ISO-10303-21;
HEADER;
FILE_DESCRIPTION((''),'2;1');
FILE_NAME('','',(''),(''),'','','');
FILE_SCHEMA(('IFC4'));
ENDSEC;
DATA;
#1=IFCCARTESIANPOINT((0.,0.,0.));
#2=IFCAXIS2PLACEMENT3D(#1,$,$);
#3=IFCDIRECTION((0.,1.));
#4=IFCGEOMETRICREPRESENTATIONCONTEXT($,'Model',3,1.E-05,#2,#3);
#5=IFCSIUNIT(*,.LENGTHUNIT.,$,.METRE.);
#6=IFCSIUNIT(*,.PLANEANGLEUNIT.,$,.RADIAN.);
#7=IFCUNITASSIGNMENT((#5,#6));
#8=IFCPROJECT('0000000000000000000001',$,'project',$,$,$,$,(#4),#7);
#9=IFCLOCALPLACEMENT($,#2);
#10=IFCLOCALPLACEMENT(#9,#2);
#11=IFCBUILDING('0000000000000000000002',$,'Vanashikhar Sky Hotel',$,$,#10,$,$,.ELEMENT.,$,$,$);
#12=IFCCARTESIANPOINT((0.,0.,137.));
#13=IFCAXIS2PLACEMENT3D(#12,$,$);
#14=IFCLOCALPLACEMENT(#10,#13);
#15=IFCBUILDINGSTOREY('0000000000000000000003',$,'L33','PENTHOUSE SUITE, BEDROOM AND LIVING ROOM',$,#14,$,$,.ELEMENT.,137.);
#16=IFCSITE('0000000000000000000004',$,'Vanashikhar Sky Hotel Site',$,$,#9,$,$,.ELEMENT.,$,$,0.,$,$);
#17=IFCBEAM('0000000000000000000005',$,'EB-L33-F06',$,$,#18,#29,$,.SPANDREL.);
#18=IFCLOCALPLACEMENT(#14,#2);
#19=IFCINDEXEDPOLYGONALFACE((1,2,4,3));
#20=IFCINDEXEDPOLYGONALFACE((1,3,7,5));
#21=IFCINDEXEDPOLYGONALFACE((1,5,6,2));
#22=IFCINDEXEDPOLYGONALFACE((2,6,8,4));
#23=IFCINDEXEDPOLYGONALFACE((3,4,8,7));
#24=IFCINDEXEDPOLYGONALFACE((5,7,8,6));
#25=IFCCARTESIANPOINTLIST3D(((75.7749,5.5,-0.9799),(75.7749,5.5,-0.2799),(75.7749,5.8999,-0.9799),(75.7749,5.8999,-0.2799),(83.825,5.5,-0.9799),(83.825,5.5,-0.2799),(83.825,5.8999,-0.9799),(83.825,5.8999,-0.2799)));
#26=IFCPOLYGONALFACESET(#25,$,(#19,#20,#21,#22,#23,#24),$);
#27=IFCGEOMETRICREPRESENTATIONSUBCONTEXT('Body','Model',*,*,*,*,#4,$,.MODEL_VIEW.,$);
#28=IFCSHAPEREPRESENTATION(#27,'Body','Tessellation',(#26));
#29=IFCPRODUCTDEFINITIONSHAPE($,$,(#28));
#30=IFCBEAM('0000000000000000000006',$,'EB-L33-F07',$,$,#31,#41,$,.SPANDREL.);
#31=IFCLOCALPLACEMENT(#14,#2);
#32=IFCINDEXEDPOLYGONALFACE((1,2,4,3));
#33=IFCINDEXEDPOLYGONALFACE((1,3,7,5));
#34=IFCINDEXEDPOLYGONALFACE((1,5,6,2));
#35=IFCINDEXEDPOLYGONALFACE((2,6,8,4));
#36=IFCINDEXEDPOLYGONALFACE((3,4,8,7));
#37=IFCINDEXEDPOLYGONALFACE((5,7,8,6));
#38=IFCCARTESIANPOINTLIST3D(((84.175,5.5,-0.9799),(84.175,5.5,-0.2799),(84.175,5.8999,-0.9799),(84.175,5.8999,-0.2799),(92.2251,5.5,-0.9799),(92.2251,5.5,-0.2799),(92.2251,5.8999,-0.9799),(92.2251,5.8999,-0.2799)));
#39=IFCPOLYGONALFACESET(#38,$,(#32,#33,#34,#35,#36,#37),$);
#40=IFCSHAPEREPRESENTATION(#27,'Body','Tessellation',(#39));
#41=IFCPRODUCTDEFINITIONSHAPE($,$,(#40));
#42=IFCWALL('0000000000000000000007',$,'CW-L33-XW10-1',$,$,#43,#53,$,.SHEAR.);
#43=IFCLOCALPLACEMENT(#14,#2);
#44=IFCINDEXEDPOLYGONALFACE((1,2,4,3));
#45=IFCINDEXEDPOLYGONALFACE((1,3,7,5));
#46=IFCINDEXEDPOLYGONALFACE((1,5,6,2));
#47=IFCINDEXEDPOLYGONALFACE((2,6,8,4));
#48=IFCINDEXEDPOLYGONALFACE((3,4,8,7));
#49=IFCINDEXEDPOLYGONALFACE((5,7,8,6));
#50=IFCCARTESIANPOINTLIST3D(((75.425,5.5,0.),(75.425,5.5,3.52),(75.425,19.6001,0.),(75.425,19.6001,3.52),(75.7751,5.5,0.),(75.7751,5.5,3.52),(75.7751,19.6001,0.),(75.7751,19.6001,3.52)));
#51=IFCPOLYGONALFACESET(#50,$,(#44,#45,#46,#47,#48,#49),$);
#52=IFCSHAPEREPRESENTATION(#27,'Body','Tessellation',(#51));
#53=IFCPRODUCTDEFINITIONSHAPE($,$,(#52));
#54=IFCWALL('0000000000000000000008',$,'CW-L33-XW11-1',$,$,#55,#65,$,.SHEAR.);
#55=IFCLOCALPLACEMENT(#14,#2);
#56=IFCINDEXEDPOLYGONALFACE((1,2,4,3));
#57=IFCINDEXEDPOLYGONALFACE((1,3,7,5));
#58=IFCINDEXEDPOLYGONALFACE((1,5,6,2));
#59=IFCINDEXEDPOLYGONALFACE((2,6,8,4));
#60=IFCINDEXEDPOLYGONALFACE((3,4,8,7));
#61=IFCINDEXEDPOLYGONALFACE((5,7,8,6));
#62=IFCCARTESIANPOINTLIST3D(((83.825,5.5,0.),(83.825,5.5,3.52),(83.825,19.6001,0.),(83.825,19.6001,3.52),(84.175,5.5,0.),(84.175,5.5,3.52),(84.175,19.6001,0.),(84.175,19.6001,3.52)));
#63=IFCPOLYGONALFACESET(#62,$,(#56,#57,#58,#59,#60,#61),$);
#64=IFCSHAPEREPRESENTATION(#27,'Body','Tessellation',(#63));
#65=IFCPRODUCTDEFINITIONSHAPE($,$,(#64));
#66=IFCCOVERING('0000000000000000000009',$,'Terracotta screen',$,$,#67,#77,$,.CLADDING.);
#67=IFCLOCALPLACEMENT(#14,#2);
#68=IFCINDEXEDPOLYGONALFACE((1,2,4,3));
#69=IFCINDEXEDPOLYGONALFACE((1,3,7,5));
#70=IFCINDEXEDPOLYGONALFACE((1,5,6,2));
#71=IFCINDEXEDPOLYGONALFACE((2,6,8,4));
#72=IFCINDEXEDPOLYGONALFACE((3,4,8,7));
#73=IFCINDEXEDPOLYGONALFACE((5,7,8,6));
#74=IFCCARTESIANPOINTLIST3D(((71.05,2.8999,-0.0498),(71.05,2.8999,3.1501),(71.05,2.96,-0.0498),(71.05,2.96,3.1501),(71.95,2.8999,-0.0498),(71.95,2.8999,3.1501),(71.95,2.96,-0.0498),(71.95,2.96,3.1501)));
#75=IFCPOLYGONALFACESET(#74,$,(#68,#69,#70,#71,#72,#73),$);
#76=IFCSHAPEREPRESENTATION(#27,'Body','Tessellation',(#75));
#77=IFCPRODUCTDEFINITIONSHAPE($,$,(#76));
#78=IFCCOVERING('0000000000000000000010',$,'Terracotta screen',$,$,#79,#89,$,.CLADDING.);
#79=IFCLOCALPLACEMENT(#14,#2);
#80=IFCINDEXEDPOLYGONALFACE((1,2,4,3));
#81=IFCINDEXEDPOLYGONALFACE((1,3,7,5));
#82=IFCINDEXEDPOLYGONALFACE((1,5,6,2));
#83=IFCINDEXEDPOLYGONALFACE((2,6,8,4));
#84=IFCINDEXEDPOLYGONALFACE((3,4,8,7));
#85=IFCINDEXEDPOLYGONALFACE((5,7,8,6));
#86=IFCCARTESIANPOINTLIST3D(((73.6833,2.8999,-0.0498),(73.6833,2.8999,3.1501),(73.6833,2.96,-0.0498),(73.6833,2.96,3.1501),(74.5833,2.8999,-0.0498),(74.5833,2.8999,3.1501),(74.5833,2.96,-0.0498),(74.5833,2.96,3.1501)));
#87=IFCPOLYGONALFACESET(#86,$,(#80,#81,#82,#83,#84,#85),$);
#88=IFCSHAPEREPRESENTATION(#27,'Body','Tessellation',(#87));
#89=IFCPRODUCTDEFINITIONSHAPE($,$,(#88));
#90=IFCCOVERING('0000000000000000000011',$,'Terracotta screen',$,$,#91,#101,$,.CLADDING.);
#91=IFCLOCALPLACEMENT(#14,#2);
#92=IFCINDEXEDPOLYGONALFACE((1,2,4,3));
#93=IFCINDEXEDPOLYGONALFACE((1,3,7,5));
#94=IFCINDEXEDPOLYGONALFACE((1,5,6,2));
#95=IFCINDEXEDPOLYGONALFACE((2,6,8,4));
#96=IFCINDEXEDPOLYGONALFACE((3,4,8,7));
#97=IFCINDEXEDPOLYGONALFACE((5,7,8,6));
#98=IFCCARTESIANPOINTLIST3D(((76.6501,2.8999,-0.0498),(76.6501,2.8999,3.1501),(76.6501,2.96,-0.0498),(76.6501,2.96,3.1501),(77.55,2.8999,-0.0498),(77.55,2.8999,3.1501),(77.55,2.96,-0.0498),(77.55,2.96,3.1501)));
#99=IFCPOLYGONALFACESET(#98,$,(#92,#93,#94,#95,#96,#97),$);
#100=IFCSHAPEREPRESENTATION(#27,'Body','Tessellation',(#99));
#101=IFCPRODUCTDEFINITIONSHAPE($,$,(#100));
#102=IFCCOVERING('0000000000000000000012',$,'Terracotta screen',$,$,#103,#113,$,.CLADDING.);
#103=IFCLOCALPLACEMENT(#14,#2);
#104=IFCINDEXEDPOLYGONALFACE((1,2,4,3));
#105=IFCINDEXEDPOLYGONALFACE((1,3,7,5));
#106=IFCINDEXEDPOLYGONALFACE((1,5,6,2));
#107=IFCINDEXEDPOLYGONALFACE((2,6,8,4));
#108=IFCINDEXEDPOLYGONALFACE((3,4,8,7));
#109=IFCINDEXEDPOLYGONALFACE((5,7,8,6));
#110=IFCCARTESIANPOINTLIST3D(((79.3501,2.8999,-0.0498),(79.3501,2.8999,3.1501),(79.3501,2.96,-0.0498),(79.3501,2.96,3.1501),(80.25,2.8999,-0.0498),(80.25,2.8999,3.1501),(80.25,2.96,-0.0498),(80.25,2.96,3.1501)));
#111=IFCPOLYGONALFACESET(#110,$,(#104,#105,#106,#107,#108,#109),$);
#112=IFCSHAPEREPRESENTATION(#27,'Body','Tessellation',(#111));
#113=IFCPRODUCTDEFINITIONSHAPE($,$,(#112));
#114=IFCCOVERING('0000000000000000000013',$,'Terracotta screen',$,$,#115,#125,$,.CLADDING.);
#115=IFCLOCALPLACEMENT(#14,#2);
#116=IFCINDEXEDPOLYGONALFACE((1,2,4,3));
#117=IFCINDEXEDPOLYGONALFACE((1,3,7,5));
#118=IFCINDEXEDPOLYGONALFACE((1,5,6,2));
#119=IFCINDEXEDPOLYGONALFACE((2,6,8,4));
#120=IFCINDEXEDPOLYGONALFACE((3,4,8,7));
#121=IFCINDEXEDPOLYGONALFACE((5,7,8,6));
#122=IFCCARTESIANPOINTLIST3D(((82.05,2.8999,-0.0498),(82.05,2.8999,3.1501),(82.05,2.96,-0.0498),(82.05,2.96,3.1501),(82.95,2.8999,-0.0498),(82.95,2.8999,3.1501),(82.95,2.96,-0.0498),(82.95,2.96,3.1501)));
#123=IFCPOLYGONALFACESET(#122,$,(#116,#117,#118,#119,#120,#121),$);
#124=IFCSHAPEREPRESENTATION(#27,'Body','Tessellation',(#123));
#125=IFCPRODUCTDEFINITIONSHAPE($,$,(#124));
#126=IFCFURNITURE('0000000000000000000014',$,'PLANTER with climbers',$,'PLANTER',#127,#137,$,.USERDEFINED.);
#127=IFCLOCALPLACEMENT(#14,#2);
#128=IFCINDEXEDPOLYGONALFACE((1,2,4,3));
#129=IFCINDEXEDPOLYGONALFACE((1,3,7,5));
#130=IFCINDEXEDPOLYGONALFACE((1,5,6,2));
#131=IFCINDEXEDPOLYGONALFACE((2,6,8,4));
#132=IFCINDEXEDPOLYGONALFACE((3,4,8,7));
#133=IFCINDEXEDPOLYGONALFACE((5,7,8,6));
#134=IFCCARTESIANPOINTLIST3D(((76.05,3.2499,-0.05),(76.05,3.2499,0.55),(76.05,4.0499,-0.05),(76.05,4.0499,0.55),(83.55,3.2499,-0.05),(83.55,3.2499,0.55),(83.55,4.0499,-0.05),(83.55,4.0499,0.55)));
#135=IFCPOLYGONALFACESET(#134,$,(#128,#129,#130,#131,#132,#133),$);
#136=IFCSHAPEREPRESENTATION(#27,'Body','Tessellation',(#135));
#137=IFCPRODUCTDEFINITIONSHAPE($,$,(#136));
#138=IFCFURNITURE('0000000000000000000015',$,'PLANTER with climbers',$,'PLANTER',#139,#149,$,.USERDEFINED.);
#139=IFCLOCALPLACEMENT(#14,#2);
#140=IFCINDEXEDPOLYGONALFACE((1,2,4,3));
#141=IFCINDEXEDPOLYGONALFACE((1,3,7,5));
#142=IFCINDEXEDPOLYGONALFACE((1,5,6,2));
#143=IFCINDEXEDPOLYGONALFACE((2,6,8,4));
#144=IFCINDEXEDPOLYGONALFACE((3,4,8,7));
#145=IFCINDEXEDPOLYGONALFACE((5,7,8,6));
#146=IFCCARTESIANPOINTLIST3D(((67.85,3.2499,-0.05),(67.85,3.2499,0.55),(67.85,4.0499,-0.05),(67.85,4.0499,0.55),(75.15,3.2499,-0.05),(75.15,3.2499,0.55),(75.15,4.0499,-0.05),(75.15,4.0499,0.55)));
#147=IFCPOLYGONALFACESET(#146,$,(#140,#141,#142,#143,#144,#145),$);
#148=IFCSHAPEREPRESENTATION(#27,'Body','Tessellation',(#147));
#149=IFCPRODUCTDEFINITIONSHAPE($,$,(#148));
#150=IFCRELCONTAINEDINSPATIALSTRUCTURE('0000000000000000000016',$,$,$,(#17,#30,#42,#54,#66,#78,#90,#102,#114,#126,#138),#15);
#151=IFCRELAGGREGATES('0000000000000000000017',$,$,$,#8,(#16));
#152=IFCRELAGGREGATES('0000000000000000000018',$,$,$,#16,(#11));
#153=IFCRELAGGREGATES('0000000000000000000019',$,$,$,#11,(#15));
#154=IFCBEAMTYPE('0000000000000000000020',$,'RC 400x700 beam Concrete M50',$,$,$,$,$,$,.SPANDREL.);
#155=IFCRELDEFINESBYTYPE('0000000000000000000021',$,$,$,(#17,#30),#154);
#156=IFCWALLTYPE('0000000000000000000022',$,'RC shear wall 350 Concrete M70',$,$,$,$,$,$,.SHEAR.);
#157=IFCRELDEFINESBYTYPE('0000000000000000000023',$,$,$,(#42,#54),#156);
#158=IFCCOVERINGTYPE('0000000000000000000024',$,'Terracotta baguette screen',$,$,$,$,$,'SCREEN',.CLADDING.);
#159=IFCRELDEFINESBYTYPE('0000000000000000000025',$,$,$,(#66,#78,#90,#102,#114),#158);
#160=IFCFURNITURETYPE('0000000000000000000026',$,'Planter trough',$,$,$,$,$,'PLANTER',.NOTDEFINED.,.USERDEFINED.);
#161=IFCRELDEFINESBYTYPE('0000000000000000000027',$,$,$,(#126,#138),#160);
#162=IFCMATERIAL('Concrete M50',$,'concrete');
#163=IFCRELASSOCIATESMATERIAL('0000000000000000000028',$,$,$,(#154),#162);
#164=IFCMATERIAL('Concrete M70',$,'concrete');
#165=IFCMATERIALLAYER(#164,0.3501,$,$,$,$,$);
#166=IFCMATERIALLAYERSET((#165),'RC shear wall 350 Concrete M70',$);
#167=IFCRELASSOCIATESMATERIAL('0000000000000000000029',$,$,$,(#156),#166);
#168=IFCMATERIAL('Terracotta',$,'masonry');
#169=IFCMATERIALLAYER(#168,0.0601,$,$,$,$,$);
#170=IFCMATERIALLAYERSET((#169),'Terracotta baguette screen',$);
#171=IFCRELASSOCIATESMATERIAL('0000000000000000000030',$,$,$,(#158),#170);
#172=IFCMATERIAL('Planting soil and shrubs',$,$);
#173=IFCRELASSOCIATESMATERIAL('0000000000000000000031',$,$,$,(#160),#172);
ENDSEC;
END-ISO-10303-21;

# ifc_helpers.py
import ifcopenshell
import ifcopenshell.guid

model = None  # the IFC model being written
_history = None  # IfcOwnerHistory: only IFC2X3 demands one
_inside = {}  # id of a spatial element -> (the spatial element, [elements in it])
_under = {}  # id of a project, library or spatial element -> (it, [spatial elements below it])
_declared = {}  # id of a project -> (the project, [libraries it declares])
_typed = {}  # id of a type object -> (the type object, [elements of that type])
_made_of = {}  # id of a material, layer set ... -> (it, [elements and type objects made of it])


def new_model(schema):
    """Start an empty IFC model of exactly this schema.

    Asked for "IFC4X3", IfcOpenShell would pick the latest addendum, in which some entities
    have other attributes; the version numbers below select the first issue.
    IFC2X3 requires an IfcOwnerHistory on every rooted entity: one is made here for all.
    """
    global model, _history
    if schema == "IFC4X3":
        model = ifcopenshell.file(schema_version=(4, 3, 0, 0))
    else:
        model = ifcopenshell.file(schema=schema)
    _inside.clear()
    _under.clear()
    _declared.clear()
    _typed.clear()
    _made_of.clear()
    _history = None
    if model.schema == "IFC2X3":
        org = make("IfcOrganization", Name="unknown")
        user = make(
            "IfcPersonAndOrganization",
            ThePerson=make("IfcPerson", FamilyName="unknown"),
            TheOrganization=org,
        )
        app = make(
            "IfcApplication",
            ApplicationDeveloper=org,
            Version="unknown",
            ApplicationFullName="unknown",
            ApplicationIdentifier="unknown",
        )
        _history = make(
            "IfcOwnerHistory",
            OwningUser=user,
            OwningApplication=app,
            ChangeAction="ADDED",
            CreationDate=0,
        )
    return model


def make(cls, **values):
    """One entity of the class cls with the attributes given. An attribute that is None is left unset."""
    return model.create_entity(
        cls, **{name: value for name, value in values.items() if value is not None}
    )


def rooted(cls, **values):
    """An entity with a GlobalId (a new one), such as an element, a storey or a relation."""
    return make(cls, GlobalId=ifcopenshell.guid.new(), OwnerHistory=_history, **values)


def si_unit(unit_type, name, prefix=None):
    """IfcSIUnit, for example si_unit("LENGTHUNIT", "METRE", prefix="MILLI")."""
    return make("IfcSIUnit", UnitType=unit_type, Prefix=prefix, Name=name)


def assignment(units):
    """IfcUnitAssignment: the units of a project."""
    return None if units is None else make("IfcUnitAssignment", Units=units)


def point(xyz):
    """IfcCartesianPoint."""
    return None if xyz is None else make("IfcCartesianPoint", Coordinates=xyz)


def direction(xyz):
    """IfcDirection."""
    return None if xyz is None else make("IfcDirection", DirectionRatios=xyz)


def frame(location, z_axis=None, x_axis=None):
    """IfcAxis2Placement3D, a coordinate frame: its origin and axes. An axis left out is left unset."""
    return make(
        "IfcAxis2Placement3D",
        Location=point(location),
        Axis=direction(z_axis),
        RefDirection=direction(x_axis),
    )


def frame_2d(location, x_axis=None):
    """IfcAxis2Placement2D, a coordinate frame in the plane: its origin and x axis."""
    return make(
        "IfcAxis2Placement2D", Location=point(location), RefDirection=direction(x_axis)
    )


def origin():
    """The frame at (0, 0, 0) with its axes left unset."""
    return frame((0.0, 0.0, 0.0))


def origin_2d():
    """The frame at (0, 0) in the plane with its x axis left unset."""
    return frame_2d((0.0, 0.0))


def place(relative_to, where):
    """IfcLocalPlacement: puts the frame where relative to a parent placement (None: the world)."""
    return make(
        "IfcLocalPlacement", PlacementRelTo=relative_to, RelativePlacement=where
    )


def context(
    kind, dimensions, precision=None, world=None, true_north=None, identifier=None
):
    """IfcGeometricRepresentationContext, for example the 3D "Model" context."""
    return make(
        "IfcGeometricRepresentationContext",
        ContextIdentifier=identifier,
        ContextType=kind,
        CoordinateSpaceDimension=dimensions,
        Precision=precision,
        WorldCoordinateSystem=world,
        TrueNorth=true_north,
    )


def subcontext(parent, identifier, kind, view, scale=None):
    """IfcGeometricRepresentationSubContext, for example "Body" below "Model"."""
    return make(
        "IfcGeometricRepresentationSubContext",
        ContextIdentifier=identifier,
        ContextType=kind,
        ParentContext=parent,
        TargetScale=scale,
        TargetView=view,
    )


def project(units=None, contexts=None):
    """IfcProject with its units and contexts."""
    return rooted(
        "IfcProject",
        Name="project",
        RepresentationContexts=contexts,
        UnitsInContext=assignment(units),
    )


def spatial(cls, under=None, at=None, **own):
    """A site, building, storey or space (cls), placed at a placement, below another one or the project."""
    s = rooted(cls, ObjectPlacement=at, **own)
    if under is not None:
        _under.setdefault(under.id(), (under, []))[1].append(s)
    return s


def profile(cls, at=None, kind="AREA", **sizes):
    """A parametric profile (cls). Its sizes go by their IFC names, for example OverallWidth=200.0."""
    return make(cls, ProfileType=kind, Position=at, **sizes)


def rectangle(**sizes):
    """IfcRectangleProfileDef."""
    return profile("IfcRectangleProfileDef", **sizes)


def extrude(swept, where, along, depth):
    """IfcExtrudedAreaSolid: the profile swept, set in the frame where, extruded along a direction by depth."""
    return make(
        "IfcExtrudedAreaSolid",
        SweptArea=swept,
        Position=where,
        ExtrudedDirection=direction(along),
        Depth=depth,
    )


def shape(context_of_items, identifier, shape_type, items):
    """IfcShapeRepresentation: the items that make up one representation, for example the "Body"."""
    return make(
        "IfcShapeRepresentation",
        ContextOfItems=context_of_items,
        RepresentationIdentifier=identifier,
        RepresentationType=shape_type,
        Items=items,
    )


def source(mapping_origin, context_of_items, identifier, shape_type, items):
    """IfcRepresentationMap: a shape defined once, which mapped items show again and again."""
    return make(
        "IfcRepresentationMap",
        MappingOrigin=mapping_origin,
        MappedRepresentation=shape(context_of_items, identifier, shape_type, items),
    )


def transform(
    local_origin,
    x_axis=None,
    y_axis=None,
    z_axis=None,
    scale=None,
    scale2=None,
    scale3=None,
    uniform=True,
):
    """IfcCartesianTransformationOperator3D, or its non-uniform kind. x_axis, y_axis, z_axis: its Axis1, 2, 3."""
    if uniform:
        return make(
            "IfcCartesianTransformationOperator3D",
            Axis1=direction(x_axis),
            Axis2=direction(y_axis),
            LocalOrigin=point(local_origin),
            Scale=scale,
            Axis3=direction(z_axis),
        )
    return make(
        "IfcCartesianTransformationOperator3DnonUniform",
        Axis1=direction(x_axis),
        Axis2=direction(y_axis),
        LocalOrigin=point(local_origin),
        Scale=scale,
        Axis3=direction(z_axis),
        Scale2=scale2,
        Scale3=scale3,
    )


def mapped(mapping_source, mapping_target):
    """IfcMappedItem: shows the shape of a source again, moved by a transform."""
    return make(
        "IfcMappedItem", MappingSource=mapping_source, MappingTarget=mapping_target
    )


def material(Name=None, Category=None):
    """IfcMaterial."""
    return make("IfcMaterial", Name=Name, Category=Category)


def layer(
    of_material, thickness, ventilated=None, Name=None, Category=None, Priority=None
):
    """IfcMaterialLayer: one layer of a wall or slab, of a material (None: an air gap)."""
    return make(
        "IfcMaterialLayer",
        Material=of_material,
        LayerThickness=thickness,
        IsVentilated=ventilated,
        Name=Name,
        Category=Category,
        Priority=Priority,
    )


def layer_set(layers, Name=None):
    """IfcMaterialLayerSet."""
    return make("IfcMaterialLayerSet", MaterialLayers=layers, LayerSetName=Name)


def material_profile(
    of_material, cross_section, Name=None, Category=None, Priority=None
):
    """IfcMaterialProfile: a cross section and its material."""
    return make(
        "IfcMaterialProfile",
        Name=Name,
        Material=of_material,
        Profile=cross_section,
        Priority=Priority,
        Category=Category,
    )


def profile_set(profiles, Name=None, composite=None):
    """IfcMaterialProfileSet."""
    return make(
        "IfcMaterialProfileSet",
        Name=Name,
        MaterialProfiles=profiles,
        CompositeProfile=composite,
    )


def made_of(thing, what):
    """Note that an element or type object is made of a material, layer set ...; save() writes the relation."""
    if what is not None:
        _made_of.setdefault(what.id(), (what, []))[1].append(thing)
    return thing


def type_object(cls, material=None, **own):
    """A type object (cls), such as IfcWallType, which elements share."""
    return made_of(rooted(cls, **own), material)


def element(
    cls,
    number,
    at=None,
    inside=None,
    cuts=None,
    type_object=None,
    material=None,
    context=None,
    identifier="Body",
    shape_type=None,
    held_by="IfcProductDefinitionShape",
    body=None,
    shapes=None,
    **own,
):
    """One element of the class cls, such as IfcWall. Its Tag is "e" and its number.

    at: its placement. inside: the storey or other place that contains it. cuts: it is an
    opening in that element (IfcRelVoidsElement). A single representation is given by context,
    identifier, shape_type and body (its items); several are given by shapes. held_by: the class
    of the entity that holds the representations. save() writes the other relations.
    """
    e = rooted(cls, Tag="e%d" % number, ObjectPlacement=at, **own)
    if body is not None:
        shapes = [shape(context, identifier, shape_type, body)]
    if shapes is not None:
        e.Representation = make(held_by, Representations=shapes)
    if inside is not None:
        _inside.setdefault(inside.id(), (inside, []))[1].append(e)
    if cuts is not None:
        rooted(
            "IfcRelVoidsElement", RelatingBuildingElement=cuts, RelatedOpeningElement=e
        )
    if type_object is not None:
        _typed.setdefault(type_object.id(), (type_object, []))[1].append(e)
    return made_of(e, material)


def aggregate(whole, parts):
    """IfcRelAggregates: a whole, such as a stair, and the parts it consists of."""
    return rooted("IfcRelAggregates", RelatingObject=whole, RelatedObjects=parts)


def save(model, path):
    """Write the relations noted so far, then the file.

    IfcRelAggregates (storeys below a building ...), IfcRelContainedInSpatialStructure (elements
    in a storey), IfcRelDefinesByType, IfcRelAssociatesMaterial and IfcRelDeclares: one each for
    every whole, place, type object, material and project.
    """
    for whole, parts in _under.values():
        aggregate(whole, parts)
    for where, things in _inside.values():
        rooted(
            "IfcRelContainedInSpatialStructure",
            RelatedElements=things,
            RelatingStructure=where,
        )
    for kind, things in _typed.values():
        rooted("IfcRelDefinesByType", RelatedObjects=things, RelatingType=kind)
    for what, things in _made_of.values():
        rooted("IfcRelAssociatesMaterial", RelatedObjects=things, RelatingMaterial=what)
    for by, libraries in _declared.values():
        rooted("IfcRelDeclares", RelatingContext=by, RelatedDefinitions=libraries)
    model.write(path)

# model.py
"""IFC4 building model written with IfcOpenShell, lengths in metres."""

from ifc_helpers import new_model, si_unit, direction, frame, frame_2d, origin, origin_2d, place, context, subcontext, project, spatial, rectangle, extrude, source, transform, mapped, material, layer, layer_set, material_profile, profile_set, type_object, element, save


model = new_model("IFC4")

# Units and contexts
model_context = context("Model", 3, precision=1e-05, world=origin(), true_north=direction((0.0, 1.0)))
body_context = subcontext(model_context, "Body", "Model", "MODEL_VIEW")
ifc_project = project(units=[si_unit("LENGTHUNIT", "METRE"), si_unit("PLANEANGLEUNIT", "RADIAN")], contexts=[model_context])

# Site, building, storey
site_placement = place(None, origin())
site = spatial("IfcSite", under=ifc_project, at=site_placement, Name="Vanashikhar Sky Hotel Site", CompositionType="ELEMENT", RefElevation=0.0)
building_placement = place(site_placement, origin())
building = spatial("IfcBuilding", under=site, at=building_placement, Name="Vanashikhar Sky Hotel", CompositionType="ELEMENT")
storey_placement = place(building_placement, frame((0.0, 0.0, 137.0)))
storey = spatial("IfcBuildingStorey", under=building, at=storey_placement, Name="L33", Description="PENTHOUSE SUITE, BEDROOM AND LIVING ROOM", CompositionType="ELEMENT", Elevation=137.0)

# Beams
ifc_material_1 = material(Name="Concrete M50", Category="concrete")
ifc_material_profile = material_profile(ifc_material_1, rectangle(XDim=0.3999, YDim=0.7, at=origin_2d()))
ifc_profile_set = profile_set([ifc_material_profile], Name="RC 400x700 beam Concrete M50")
beam_type = type_object("IfcBeamType", Name="RC 400x700 beam Concrete M50", PredefinedType="SPANDREL", material=ifc_profile_set)
shared_shape_1 = source(origin(), body_context, "Body", "SweptSolid", [
    extrude(rectangle(XDim=0.3999, YDim=0.7, at=origin_2d()), origin(), (0.0, 0.0, 1.0), 8.05),
])
for number, where, z_axis, x_axis, name in (
    (1, (75.7749, 5.7, -0.6299), (1.0, 0.0, 0.0), (0.0, 1.0, 0.0), "EB-L33-F06"),
    (2, (84.175, 5.7, -0.6299), (1.0, 0.0, 0.0), (0.0, 1.0, 0.0), "EB-L33-F07"),
):
    element("IfcBeam", number, at=place(storey_placement, frame(where, z_axis=z_axis, x_axis=x_axis)), inside=storey, type_object=beam_type, Name=name, PredefinedType="SPANDREL", context=body_context, shape_type="MappedRepresentation", body=[
        mapped(shared_shape_1, transform((0.0, 0.0, 0.0), scale=1.0)),
    ])

# Walls
ifc_material_2 = material(Name="Concrete M70", Category="concrete")
ifc_layer_1 = layer(ifc_material_2, 0.3501)
ifc_layer_set_1 = layer_set([ifc_layer_1], Name="RC shear wall 350 Concrete M70")
wall_type = type_object("IfcWallType", Name="RC shear wall 350 Concrete M70", PredefinedType="SHEAR", material=ifc_layer_set_1)
shared_shape_2 = source(origin(), body_context, "Body", "SweptSolid", [
    extrude(rectangle(XDim=14.1001, YDim=0.3501, at=frame_2d((7.05, 0.0))), origin(), (0.0, 0.0, 1.0), 3.52),
])
for number, where, z_axis, x_axis, name in (
    (3, (75.6001, 5.5, 0.0), (0.0, 0.0, 1.0), (0.0, 1.0, 0.0), "CW-L33-XW10-1"),
    (4, (84.0, 5.5, 0.0), (0.0, 0.0, 1.0), (0.0, 1.0, 0.0), "CW-L33-XW11-1"),
):
    element("IfcWall", number, at=place(storey_placement, frame(where, z_axis=z_axis, x_axis=x_axis)), inside=storey, type_object=wall_type, Name=name, PredefinedType="SHEAR", context=body_context, shape_type="MappedRepresentation", body=[
        mapped(shared_shape_2, transform((0.0, 0.0, 0.0), scale=1.0)),
    ])

# Coverings
ifc_material_3 = material(Name="Terracotta", Category="masonry")
ifc_layer_2 = layer(ifc_material_3, 0.0601)
ifc_layer_set_2 = layer_set([ifc_layer_2], Name="Terracotta baguette screen")
covering_type = type_object("IfcCoveringType", Name="Terracotta baguette screen", ElementType="SCREEN", PredefinedType="CLADDING", material=ifc_layer_set_2)
shared_shape_3 = source(origin(), body_context, "Body", "SweptSolid", [
    extrude(rectangle(XDim=0.8999, YDim=0.0601, at=origin_2d()), origin(), (0.0, 0.0, 1.0), 3.2),
])
for number, where, z_axis, x_axis, name in (
    (5, (71.5, 2.9299, -0.0498), (0.0, 0.0, 1.0), (1.0, 0.0, 0.0), "Terracotta screen"),
    (6, (74.1333, 2.9299, -0.0498), (0.0, 0.0, 1.0), (1.0, 0.0, 0.0), "Terracotta screen"),
    (7, (77.1001, 2.9299, -0.0498), (0.0, 0.0, 1.0), (1.0, 0.0, 0.0), "Terracotta screen"),
    (8, (79.8, 2.9299, -0.0498), (0.0, 0.0, 1.0), (1.0, 0.0, 0.0), "Terracotta screen"),
    (9, (82.5, 2.9299, -0.0498), (0.0, 0.0, 1.0), (1.0, 0.0, 0.0), "Terracotta screen"),
):
    element("IfcCovering", number, at=place(storey_placement, frame(where, z_axis=z_axis, x_axis=x_axis)), inside=storey, type_object=covering_type, Name=name, PredefinedType="CLADDING", context=body_context, shape_type="MappedRepresentation", body=[
        mapped(shared_shape_3, transform((0.0, 0.0, 0.0), scale=1.0)),
    ])

# Furniture
ifc_material_4 = material(Name="Planting soil and shrubs")
furniture_type = type_object("IfcFurnitureType", Name="Planter trough", ElementType="PLANTER", AssemblyPlace="NOTDEFINED", PredefinedType="USERDEFINED", material=ifc_material_4)
shared_shape_4 = source(origin(), body_context, "Body", "SweptSolid", [
    extrude(rectangle(XDim=7.5, YDim=0.8, at=origin_2d()), origin(), (0.0, 0.0, 1.0), 0.6001),
])
furniture_1_placement = place(storey_placement, frame((79.8, 3.6499, -0.05), z_axis=(0.0, 0.0, 1.0), x_axis=(1.0, 0.0, 0.0)))
element("IfcFurniture", 10, at=furniture_1_placement, inside=storey, type_object=furniture_type, Name="PLANTER with climbers", ObjectType="PLANTER", PredefinedType="USERDEFINED", context=body_context, shape_type="MappedRepresentation", body=[
    mapped(shared_shape_4, transform((0.0, 0.0, 0.0), scale=1.0)),
])
shared_shape_5 = source(origin(), body_context, "Body", "SweptSolid", [
    extrude(rectangle(XDim=7.3, YDim=0.8, at=origin_2d()), origin(), (0.0, 0.0, 1.0), 0.6001),
])
furniture_2_placement = place(storey_placement, frame((71.5, 3.6499, -0.05), z_axis=(0.0, 0.0, 1.0), x_axis=(1.0, 0.0, 0.0)))
element("IfcFurniture", 11, at=furniture_2_placement, inside=storey, type_object=furniture_type, Name="PLANTER with climbers", ObjectType="PLANTER", PredefinedType="USERDEFINED", context=body_context, shape_type="MappedRepresentation", body=[
    mapped(shared_shape_5, transform((0.0, 0.0, 0.0), scale=1.0)),
])

save(model, "model.ifc")
